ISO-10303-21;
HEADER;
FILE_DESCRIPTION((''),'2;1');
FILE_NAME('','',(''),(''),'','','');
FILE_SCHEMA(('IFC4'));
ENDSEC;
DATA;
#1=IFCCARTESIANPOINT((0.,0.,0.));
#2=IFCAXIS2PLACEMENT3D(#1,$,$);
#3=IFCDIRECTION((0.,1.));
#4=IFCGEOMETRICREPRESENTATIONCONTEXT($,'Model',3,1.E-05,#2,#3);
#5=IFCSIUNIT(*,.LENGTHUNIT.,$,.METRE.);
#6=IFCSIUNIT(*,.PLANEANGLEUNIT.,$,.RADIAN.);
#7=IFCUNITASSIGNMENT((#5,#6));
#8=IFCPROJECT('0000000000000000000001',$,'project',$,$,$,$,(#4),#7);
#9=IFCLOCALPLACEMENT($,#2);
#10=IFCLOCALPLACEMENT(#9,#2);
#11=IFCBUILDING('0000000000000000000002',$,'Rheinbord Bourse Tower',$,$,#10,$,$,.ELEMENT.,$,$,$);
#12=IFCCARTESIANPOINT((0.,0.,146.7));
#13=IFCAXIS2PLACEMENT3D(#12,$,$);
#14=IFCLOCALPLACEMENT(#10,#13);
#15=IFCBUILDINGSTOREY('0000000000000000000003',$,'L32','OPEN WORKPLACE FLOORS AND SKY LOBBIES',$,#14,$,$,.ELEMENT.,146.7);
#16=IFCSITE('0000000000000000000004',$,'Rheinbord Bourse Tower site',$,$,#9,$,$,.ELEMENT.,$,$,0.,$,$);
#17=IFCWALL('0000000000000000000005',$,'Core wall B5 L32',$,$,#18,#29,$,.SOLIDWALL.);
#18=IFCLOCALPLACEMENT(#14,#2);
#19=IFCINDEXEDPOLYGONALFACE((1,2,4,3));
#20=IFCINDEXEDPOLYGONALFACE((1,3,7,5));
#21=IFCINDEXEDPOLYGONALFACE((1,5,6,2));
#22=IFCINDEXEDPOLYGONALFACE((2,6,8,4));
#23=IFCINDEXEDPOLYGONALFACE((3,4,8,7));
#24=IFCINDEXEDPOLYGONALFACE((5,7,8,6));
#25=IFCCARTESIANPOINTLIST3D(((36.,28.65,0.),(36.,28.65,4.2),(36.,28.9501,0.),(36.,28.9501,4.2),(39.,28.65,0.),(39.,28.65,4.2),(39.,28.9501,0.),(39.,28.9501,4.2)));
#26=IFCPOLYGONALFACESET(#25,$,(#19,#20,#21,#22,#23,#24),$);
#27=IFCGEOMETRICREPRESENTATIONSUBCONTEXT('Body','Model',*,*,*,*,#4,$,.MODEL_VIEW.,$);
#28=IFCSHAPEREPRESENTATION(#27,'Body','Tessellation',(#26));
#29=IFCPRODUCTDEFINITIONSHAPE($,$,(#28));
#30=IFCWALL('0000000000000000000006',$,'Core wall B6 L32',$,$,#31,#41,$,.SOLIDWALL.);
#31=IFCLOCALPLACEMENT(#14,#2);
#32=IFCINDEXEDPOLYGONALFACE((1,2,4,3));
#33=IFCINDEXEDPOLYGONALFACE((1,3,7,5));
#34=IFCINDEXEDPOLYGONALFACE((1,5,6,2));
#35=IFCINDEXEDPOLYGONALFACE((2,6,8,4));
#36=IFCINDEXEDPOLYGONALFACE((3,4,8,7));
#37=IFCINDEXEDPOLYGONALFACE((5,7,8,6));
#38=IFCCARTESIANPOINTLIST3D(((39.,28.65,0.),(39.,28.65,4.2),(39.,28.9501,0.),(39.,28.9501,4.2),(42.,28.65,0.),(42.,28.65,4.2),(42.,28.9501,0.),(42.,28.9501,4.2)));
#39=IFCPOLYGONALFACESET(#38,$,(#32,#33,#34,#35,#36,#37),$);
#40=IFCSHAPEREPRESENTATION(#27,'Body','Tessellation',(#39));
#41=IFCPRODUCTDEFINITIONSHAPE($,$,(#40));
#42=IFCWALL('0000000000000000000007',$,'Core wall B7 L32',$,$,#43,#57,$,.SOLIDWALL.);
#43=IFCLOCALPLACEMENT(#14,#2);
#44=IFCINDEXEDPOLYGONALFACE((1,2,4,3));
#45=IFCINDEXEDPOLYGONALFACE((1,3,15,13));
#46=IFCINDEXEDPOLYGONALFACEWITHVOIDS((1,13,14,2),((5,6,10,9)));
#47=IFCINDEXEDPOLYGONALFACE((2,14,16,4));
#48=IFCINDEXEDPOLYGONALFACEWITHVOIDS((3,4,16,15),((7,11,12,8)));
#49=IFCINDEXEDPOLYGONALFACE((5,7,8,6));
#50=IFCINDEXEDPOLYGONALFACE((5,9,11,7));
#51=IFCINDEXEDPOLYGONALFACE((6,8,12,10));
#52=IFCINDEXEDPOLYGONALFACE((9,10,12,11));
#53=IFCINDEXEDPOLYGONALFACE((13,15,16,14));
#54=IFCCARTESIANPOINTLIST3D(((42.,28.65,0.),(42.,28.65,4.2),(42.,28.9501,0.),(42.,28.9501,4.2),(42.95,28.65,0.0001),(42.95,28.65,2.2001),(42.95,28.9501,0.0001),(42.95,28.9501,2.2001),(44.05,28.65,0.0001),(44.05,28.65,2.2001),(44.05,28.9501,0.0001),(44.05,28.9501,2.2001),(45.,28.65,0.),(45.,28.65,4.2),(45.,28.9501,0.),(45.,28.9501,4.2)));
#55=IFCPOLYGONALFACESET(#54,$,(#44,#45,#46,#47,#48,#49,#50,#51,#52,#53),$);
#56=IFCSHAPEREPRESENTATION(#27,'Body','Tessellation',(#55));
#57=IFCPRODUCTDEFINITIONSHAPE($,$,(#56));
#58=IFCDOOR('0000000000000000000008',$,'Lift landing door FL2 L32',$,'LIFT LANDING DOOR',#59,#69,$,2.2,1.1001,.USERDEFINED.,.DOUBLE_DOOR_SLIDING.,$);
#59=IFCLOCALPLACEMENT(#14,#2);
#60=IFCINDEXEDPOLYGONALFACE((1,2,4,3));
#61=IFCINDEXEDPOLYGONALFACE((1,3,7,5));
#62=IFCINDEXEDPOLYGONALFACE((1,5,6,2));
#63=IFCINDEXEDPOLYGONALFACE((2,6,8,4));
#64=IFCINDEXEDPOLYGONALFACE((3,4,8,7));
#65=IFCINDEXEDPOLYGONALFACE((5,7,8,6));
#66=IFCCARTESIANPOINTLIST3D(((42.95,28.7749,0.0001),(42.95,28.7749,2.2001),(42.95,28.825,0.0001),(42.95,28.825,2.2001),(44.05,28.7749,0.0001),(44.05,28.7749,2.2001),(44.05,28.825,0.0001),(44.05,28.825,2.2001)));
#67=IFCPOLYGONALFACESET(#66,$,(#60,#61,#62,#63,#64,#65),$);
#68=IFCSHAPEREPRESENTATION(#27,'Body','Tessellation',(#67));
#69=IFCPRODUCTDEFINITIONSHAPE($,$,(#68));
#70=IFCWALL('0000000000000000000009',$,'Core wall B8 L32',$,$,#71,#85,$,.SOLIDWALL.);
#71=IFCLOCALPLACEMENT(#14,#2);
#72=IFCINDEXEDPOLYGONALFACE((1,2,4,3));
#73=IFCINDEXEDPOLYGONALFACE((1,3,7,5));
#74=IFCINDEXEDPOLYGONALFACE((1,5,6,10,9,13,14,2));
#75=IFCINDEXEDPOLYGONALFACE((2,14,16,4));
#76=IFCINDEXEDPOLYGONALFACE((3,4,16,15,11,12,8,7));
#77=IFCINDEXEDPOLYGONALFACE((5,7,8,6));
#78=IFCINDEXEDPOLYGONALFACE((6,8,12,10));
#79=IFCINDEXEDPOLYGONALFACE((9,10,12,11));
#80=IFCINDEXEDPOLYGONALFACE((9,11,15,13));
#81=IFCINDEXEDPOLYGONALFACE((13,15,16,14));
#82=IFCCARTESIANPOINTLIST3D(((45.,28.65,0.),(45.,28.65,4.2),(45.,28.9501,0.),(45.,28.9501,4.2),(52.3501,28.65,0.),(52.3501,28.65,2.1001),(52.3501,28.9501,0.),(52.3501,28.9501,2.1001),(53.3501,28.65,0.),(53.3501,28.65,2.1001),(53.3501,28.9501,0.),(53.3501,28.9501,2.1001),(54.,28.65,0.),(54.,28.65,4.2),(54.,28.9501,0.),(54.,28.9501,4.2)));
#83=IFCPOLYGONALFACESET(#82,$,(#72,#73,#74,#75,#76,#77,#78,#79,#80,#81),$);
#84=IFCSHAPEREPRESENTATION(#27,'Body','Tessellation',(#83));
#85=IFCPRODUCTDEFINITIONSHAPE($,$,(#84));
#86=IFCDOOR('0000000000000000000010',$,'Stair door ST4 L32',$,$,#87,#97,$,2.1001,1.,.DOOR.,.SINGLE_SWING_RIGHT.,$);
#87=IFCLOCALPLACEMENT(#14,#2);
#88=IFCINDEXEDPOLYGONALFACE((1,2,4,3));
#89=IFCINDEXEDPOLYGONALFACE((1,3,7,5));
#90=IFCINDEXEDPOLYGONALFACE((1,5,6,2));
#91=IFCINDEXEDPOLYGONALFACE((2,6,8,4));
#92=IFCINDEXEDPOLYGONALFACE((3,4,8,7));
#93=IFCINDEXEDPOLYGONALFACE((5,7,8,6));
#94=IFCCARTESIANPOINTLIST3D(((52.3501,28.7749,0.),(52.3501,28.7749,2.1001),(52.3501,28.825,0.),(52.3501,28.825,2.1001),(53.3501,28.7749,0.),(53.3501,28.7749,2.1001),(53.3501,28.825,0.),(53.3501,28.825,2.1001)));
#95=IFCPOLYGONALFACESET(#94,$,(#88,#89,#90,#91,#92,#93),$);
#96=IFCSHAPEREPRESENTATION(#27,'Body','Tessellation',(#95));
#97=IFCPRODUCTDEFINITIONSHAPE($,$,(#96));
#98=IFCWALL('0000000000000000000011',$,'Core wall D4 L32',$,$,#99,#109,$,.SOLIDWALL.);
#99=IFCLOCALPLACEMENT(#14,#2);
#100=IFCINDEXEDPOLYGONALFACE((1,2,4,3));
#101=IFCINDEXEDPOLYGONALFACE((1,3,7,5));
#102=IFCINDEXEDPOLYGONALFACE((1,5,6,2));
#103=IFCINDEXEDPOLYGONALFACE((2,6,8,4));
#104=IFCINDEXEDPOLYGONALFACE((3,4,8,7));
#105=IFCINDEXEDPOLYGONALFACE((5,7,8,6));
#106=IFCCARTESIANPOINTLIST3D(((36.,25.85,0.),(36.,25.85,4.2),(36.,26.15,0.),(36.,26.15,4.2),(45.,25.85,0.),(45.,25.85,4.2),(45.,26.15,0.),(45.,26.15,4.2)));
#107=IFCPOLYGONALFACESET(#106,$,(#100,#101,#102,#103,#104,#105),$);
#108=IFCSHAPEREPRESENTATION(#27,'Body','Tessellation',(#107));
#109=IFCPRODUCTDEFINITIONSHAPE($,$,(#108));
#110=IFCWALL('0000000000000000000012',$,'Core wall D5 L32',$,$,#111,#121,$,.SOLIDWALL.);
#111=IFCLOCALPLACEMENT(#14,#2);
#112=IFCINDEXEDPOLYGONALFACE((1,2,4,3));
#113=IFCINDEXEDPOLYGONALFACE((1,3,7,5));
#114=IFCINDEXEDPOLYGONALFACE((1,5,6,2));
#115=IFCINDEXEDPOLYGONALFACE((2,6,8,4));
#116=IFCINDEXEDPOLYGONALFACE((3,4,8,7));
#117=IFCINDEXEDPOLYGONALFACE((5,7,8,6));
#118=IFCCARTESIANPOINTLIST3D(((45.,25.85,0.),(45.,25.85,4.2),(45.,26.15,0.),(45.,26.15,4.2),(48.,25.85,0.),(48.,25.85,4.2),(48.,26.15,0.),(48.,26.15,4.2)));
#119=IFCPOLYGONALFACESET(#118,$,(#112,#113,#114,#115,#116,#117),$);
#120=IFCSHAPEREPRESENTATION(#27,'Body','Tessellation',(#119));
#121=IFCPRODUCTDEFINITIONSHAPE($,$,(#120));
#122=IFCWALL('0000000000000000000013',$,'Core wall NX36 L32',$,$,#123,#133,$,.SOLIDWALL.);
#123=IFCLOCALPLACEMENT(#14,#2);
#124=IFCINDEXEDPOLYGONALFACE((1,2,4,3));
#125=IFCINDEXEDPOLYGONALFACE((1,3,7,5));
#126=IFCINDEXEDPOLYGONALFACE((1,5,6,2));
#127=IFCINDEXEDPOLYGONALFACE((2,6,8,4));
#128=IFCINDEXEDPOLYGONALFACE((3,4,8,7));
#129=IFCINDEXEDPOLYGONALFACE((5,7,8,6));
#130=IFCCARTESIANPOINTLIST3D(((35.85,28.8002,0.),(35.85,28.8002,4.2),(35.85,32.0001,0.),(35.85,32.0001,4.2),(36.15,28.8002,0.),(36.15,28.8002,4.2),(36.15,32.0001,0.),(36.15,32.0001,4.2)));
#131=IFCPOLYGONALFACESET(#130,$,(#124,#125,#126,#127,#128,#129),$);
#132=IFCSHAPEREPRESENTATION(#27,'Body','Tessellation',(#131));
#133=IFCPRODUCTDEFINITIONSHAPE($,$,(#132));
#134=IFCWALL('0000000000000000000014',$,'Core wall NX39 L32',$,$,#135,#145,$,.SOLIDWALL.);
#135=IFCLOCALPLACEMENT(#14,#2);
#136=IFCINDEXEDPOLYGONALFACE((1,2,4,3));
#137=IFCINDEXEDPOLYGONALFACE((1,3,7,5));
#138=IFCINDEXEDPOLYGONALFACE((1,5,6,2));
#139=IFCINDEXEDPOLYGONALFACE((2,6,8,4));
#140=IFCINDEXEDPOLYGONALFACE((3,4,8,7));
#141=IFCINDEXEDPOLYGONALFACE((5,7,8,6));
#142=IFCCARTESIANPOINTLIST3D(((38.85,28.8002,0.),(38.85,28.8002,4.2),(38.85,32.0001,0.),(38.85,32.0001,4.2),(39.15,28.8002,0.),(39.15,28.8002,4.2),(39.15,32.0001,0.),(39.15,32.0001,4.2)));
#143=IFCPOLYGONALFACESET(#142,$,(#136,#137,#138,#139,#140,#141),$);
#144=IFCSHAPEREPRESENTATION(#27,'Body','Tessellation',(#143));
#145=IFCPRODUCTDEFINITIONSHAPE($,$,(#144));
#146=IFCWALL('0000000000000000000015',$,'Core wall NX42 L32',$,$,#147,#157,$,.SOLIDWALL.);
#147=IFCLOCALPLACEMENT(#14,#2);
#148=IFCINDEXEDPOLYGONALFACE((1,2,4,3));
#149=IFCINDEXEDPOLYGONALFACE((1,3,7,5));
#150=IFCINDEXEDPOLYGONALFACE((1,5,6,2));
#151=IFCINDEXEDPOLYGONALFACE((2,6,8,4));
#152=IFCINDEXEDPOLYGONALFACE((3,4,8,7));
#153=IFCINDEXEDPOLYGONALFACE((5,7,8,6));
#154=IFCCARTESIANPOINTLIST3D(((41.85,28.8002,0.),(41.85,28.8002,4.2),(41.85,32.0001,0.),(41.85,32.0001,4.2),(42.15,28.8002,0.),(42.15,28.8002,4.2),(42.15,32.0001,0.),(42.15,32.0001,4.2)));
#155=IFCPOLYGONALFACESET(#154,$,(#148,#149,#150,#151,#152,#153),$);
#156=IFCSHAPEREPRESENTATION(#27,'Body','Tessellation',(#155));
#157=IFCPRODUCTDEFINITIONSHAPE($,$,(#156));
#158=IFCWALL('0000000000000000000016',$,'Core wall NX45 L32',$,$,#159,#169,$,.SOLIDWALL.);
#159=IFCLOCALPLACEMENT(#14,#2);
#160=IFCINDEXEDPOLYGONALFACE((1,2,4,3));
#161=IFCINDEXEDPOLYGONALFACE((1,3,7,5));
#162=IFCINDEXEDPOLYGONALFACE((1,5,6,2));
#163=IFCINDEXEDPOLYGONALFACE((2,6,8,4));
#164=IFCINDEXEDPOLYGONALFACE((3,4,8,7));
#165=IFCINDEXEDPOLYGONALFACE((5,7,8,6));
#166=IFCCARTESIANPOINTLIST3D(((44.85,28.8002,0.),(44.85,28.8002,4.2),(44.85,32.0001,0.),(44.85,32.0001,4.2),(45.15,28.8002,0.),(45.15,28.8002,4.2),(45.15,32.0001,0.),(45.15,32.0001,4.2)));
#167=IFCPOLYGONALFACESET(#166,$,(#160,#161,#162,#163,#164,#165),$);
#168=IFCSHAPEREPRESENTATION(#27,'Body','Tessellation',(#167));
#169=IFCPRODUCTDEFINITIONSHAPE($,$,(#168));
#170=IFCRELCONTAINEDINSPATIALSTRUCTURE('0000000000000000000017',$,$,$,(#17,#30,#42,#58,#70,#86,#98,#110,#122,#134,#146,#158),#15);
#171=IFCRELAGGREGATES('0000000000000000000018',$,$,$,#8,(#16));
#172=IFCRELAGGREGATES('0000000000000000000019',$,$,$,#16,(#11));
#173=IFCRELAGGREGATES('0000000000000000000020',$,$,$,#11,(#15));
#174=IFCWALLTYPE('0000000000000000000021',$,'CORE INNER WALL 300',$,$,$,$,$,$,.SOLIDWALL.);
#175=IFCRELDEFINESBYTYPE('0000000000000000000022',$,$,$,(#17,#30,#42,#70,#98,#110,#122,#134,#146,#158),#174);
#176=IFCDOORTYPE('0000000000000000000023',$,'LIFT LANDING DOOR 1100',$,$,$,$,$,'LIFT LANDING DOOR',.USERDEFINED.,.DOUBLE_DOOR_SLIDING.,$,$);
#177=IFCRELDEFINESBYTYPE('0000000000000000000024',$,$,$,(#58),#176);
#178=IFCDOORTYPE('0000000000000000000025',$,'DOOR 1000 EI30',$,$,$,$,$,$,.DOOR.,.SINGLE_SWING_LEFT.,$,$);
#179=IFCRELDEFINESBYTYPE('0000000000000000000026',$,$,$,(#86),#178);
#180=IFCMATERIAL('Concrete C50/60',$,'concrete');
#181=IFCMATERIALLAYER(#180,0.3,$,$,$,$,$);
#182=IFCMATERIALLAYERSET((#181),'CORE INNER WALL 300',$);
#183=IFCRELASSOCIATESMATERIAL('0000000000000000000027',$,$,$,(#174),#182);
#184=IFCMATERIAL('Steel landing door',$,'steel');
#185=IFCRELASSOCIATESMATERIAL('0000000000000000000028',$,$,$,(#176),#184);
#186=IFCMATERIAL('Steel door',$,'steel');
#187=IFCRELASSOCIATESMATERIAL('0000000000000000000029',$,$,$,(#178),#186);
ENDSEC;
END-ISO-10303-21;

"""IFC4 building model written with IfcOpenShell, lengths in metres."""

from ifc_helpers import new_model, si_unit, direction, frame, frame_2d, origin, place, context, subcontext, project, spatial, rectangle, extrude, material, layer, layer_set, type_object, element, fill, save


model = new_model("IFC4")

# Units and contexts
model_context = context("Model", 3, precision=1e-05, world=origin(), true_north=direction((0.0, 1.0)))
body_context = subcontext(model_context, "Body", "Model", "MODEL_VIEW")
ifc_project = project(units=[si_unit("LENGTHUNIT", "METRE"), si_unit("PLANEANGLEUNIT", "RADIAN")], contexts=[model_context])

# Site, building, storey
site_placement = place(None, origin())
site = spatial("IfcSite", under=ifc_project, at=site_placement, Name="Rheinbord Bourse Tower site", CompositionType="ELEMENT", RefElevation=0.0)
building_placement = place(site_placement, origin())
building = spatial("IfcBuilding", under=site, at=building_placement, Name="Rheinbord Bourse Tower", CompositionType="ELEMENT")
storey_placement = place(building_placement, frame((0.0, 0.0, 146.7)))
storey = spatial("IfcBuildingStorey", under=building, at=storey_placement, Name="L32", Description="OPEN WORKPLACE FLOORS AND SKY LOBBIES", CompositionType="ELEMENT", Elevation=146.7)

# Walls
ifc_material_1 = material(Name="Concrete C50/60", Category="concrete")
ifc_layer_1 = layer(ifc_material_1, 0.3)
ifc_layer_set_1 = layer_set([ifc_layer_1], Name="CORE INNER WALL 300")
wall_type_1 = type_object("IfcWallType", Name="CORE INNER WALL 300", PredefinedType="SOLIDWALL", material=ifc_layer_set_1)
for number, where, z_axis, x_axis, name in (
    (1, (36.0, 28.8, 0.0), (0.0, 0.0, 1.0), (1.0, 0.0, 0.0), "Core wall B5 L32"),
    (2, (39.0, 28.8, 0.0), (0.0, 0.0, 1.0), (1.0, 0.0, 0.0), "Core wall B6 L32"),
):
    element("IfcWall", number, at=place(storey_placement, frame(where, z_axis=z_axis, x_axis=x_axis)), inside=storey, type_object=wall_type_1, Name=name, PredefinedType="SOLIDWALL", context=body_context, shape_type="SweptSolid", body=[
        extrude(rectangle(XDim=3.0, YDim=0.3, at=frame_2d((1.5, 0.0))), origin(), (0.0, 0.0, 1.0), 4.2),
    ])

# Walls, openings, doors
wall_1_placement = place(storey_placement, frame((42.0, 28.8, 0.0), z_axis=(0.0, 0.0, 1.0), x_axis=(1.0, 0.0, 0.0)))
wall_1 = element("IfcWall", 3, at=wall_1_placement, inside=storey, type_object=wall_type_1, Name="Core wall B7 L32", PredefinedType="SOLIDWALL", context=body_context, shape_type="SweptSolid", body=[
    extrude(rectangle(XDim=3.0, YDim=0.3, at=frame_2d((1.5, 0.0))), origin(), (0.0, 0.0, 1.0), 4.2),
])
opening_1_placement = place(wall_1_placement, frame((0.95, 0.0, 0.0)))
opening_1 = element("IfcOpeningElement", 4, at=opening_1_placement, cuts=wall_1, PredefinedType="OPENING", context=body_context, shape_type="SweptSolid", body=[
    extrude(rectangle(XDim=1.1001, YDim=2.2, at=frame_2d((0.55, 1.1001))), frame((0.0, 0.1599, 0.0), z_axis=(0.0, -1.0, 0.0), x_axis=(1.0, 0.0, 0.0)), (0.0, 0.0, 1.0), 0.3201),
])
ifc_material_2 = material(Name="Steel landing door", Category="steel")
door_type_1 = type_object("IfcDoorType", Name="LIFT LANDING DOOR 1100", ElementType="LIFT LANDING DOOR", OperationType="DOUBLE_DOOR_SLIDING", PredefinedType="USERDEFINED", material=ifc_material_2)
door_1_placement = place(opening_1_placement, origin())
door_1 = element("IfcDoor", 5, at=door_1_placement, inside=storey, type_object=door_type_1, Name="Lift landing door FL2 L32", ObjectType="LIFT LANDING DOOR", OperationType="DOUBLE_DOOR_SLIDING", OverallHeight=2.2, OverallWidth=1.1001, PredefinedType="USERDEFINED", context=body_context, shape_type="SweptSolid", body=[
    extrude(rectangle(XDim=1.1001, YDim=2.2, at=frame_2d((0.55, 1.1001))), frame((0.0, 0.0249, 0.0), z_axis=(0.0, -1.0, 0.0), x_axis=(1.0, 0.0, 0.0)), (0.0, 0.0, 1.0), 0.05),
])
fill(opening_1, door_1)
wall_2_placement = place(storey_placement, frame((45.0, 28.8, 0.0), z_axis=(0.0, 0.0, 1.0), x_axis=(1.0, 0.0, 0.0)))
wall_2 = element("IfcWall", 6, at=wall_2_placement, inside=storey, type_object=wall_type_1, Name="Core wall B8 L32", PredefinedType="SOLIDWALL", context=body_context, shape_type="SweptSolid", body=[
    extrude(rectangle(XDim=9.0, YDim=0.3, at=frame_2d((4.5, 0.0))), origin(), (0.0, 0.0, 1.0), 4.2),
])
opening_2_placement = place(wall_2_placement, frame((7.3501, 0.0, 0.0)))
opening_2 = element("IfcOpeningElement", 7, at=opening_2_placement, cuts=wall_2, PredefinedType="OPENING", context=body_context, shape_type="SweptSolid", body=[
    extrude(rectangle(XDim=1.0, YDim=2.1001, at=frame_2d((0.5, 1.05))), frame((0.0, 0.1599, 0.0), z_axis=(0.0, -1.0, 0.0), x_axis=(1.0, 0.0, 0.0)), (0.0, 0.0, 1.0), 0.3201),
])
ifc_material_3 = material(Name="Steel door", Category="steel")
door_type_2 = type_object("IfcDoorType", Name="DOOR 1000 EI30", OperationType="SINGLE_SWING_LEFT", PredefinedType="DOOR", material=ifc_material_3)
door_2_placement = place(opening_2_placement, origin())
door_2 = element("IfcDoor", 8, at=door_2_placement, inside=storey, type_object=door_type_2, Name="Stair door ST4 L32", OperationType="SINGLE_SWING_RIGHT", OverallHeight=2.1001, OverallWidth=1.0, PredefinedType="DOOR", context=body_context, shape_type="SweptSolid", body=[
    extrude(rectangle(XDim=1.0, YDim=2.1001, at=frame_2d((0.5, 1.05))), frame((0.0, 0.0249, 0.0), z_axis=(0.0, -1.0, 0.0), x_axis=(1.0, 0.0, 0.0)), (0.0, 0.0, 1.0), 0.05),
])
fill(opening_2, door_2)

# Walls
wall_3_placement = place(storey_placement, frame((36.0, 26.0, 0.0), z_axis=(0.0, 0.0, 1.0), x_axis=(1.0, 0.0, 0.0)))
element("IfcWall", 9, at=wall_3_placement, inside=storey, type_object=wall_type_1, Name="Core wall D4 L32", PredefinedType="SOLIDWALL", context=body_context, shape_type="SweptSolid", body=[
    extrude(rectangle(XDim=9.0, YDim=0.3, at=frame_2d((4.5, 0.0))), origin(), (0.0, 0.0, 1.0), 4.2),
])
wall_4_placement = place(storey_placement, frame((45.0, 26.0, 0.0), z_axis=(0.0, 0.0, 1.0), x_axis=(1.0, 0.0, 0.0)))
element("IfcWall", 10, at=wall_4_placement, inside=storey, type_object=wall_type_1, Name="Core wall D5 L32", PredefinedType="SOLIDWALL", context=body_context, shape_type="SweptSolid", body=[
    extrude(rectangle(XDim=3.0, YDim=0.3, at=frame_2d((1.5, 0.0))), origin(), (0.0, 0.0, 1.0), 4.2),
])
for number, where, z_axis, x_axis, name in (
    (11, (36.0, 28.8, 0.0), (0.0, 0.0, 1.0), (0.0, 1.0, 0.0), "Core wall NX36 L32"),
    (12, (39.0, 28.8, 0.0), (0.0, 0.0, 1.0), (0.0, 1.0, 0.0), "Core wall NX39 L32"),
    (13, (42.0, 28.8, 0.0), (0.0, 0.0, 1.0), (0.0, 1.0, 0.0), "Core wall NX42 L32"),
    (14, (45.0, 28.8, 0.0), (0.0, 0.0, 1.0), (0.0, 1.0, 0.0), "Core wall NX45 L32"),
):
    element("IfcWall", number, at=place(storey_placement, frame(where, z_axis=z_axis, x_axis=x_axis)), inside=storey, type_object=wall_type_1, Name=name, PredefinedType="SOLIDWALL", context=body_context, shape_type="SweptSolid", body=[
        extrude(rectangle(XDim=3.2, YDim=0.3, at=frame_2d((1.6001, 0.0))), origin(), (0.0, 0.0, 1.0), 4.2),
    ])

save(model, "model.ifc")
